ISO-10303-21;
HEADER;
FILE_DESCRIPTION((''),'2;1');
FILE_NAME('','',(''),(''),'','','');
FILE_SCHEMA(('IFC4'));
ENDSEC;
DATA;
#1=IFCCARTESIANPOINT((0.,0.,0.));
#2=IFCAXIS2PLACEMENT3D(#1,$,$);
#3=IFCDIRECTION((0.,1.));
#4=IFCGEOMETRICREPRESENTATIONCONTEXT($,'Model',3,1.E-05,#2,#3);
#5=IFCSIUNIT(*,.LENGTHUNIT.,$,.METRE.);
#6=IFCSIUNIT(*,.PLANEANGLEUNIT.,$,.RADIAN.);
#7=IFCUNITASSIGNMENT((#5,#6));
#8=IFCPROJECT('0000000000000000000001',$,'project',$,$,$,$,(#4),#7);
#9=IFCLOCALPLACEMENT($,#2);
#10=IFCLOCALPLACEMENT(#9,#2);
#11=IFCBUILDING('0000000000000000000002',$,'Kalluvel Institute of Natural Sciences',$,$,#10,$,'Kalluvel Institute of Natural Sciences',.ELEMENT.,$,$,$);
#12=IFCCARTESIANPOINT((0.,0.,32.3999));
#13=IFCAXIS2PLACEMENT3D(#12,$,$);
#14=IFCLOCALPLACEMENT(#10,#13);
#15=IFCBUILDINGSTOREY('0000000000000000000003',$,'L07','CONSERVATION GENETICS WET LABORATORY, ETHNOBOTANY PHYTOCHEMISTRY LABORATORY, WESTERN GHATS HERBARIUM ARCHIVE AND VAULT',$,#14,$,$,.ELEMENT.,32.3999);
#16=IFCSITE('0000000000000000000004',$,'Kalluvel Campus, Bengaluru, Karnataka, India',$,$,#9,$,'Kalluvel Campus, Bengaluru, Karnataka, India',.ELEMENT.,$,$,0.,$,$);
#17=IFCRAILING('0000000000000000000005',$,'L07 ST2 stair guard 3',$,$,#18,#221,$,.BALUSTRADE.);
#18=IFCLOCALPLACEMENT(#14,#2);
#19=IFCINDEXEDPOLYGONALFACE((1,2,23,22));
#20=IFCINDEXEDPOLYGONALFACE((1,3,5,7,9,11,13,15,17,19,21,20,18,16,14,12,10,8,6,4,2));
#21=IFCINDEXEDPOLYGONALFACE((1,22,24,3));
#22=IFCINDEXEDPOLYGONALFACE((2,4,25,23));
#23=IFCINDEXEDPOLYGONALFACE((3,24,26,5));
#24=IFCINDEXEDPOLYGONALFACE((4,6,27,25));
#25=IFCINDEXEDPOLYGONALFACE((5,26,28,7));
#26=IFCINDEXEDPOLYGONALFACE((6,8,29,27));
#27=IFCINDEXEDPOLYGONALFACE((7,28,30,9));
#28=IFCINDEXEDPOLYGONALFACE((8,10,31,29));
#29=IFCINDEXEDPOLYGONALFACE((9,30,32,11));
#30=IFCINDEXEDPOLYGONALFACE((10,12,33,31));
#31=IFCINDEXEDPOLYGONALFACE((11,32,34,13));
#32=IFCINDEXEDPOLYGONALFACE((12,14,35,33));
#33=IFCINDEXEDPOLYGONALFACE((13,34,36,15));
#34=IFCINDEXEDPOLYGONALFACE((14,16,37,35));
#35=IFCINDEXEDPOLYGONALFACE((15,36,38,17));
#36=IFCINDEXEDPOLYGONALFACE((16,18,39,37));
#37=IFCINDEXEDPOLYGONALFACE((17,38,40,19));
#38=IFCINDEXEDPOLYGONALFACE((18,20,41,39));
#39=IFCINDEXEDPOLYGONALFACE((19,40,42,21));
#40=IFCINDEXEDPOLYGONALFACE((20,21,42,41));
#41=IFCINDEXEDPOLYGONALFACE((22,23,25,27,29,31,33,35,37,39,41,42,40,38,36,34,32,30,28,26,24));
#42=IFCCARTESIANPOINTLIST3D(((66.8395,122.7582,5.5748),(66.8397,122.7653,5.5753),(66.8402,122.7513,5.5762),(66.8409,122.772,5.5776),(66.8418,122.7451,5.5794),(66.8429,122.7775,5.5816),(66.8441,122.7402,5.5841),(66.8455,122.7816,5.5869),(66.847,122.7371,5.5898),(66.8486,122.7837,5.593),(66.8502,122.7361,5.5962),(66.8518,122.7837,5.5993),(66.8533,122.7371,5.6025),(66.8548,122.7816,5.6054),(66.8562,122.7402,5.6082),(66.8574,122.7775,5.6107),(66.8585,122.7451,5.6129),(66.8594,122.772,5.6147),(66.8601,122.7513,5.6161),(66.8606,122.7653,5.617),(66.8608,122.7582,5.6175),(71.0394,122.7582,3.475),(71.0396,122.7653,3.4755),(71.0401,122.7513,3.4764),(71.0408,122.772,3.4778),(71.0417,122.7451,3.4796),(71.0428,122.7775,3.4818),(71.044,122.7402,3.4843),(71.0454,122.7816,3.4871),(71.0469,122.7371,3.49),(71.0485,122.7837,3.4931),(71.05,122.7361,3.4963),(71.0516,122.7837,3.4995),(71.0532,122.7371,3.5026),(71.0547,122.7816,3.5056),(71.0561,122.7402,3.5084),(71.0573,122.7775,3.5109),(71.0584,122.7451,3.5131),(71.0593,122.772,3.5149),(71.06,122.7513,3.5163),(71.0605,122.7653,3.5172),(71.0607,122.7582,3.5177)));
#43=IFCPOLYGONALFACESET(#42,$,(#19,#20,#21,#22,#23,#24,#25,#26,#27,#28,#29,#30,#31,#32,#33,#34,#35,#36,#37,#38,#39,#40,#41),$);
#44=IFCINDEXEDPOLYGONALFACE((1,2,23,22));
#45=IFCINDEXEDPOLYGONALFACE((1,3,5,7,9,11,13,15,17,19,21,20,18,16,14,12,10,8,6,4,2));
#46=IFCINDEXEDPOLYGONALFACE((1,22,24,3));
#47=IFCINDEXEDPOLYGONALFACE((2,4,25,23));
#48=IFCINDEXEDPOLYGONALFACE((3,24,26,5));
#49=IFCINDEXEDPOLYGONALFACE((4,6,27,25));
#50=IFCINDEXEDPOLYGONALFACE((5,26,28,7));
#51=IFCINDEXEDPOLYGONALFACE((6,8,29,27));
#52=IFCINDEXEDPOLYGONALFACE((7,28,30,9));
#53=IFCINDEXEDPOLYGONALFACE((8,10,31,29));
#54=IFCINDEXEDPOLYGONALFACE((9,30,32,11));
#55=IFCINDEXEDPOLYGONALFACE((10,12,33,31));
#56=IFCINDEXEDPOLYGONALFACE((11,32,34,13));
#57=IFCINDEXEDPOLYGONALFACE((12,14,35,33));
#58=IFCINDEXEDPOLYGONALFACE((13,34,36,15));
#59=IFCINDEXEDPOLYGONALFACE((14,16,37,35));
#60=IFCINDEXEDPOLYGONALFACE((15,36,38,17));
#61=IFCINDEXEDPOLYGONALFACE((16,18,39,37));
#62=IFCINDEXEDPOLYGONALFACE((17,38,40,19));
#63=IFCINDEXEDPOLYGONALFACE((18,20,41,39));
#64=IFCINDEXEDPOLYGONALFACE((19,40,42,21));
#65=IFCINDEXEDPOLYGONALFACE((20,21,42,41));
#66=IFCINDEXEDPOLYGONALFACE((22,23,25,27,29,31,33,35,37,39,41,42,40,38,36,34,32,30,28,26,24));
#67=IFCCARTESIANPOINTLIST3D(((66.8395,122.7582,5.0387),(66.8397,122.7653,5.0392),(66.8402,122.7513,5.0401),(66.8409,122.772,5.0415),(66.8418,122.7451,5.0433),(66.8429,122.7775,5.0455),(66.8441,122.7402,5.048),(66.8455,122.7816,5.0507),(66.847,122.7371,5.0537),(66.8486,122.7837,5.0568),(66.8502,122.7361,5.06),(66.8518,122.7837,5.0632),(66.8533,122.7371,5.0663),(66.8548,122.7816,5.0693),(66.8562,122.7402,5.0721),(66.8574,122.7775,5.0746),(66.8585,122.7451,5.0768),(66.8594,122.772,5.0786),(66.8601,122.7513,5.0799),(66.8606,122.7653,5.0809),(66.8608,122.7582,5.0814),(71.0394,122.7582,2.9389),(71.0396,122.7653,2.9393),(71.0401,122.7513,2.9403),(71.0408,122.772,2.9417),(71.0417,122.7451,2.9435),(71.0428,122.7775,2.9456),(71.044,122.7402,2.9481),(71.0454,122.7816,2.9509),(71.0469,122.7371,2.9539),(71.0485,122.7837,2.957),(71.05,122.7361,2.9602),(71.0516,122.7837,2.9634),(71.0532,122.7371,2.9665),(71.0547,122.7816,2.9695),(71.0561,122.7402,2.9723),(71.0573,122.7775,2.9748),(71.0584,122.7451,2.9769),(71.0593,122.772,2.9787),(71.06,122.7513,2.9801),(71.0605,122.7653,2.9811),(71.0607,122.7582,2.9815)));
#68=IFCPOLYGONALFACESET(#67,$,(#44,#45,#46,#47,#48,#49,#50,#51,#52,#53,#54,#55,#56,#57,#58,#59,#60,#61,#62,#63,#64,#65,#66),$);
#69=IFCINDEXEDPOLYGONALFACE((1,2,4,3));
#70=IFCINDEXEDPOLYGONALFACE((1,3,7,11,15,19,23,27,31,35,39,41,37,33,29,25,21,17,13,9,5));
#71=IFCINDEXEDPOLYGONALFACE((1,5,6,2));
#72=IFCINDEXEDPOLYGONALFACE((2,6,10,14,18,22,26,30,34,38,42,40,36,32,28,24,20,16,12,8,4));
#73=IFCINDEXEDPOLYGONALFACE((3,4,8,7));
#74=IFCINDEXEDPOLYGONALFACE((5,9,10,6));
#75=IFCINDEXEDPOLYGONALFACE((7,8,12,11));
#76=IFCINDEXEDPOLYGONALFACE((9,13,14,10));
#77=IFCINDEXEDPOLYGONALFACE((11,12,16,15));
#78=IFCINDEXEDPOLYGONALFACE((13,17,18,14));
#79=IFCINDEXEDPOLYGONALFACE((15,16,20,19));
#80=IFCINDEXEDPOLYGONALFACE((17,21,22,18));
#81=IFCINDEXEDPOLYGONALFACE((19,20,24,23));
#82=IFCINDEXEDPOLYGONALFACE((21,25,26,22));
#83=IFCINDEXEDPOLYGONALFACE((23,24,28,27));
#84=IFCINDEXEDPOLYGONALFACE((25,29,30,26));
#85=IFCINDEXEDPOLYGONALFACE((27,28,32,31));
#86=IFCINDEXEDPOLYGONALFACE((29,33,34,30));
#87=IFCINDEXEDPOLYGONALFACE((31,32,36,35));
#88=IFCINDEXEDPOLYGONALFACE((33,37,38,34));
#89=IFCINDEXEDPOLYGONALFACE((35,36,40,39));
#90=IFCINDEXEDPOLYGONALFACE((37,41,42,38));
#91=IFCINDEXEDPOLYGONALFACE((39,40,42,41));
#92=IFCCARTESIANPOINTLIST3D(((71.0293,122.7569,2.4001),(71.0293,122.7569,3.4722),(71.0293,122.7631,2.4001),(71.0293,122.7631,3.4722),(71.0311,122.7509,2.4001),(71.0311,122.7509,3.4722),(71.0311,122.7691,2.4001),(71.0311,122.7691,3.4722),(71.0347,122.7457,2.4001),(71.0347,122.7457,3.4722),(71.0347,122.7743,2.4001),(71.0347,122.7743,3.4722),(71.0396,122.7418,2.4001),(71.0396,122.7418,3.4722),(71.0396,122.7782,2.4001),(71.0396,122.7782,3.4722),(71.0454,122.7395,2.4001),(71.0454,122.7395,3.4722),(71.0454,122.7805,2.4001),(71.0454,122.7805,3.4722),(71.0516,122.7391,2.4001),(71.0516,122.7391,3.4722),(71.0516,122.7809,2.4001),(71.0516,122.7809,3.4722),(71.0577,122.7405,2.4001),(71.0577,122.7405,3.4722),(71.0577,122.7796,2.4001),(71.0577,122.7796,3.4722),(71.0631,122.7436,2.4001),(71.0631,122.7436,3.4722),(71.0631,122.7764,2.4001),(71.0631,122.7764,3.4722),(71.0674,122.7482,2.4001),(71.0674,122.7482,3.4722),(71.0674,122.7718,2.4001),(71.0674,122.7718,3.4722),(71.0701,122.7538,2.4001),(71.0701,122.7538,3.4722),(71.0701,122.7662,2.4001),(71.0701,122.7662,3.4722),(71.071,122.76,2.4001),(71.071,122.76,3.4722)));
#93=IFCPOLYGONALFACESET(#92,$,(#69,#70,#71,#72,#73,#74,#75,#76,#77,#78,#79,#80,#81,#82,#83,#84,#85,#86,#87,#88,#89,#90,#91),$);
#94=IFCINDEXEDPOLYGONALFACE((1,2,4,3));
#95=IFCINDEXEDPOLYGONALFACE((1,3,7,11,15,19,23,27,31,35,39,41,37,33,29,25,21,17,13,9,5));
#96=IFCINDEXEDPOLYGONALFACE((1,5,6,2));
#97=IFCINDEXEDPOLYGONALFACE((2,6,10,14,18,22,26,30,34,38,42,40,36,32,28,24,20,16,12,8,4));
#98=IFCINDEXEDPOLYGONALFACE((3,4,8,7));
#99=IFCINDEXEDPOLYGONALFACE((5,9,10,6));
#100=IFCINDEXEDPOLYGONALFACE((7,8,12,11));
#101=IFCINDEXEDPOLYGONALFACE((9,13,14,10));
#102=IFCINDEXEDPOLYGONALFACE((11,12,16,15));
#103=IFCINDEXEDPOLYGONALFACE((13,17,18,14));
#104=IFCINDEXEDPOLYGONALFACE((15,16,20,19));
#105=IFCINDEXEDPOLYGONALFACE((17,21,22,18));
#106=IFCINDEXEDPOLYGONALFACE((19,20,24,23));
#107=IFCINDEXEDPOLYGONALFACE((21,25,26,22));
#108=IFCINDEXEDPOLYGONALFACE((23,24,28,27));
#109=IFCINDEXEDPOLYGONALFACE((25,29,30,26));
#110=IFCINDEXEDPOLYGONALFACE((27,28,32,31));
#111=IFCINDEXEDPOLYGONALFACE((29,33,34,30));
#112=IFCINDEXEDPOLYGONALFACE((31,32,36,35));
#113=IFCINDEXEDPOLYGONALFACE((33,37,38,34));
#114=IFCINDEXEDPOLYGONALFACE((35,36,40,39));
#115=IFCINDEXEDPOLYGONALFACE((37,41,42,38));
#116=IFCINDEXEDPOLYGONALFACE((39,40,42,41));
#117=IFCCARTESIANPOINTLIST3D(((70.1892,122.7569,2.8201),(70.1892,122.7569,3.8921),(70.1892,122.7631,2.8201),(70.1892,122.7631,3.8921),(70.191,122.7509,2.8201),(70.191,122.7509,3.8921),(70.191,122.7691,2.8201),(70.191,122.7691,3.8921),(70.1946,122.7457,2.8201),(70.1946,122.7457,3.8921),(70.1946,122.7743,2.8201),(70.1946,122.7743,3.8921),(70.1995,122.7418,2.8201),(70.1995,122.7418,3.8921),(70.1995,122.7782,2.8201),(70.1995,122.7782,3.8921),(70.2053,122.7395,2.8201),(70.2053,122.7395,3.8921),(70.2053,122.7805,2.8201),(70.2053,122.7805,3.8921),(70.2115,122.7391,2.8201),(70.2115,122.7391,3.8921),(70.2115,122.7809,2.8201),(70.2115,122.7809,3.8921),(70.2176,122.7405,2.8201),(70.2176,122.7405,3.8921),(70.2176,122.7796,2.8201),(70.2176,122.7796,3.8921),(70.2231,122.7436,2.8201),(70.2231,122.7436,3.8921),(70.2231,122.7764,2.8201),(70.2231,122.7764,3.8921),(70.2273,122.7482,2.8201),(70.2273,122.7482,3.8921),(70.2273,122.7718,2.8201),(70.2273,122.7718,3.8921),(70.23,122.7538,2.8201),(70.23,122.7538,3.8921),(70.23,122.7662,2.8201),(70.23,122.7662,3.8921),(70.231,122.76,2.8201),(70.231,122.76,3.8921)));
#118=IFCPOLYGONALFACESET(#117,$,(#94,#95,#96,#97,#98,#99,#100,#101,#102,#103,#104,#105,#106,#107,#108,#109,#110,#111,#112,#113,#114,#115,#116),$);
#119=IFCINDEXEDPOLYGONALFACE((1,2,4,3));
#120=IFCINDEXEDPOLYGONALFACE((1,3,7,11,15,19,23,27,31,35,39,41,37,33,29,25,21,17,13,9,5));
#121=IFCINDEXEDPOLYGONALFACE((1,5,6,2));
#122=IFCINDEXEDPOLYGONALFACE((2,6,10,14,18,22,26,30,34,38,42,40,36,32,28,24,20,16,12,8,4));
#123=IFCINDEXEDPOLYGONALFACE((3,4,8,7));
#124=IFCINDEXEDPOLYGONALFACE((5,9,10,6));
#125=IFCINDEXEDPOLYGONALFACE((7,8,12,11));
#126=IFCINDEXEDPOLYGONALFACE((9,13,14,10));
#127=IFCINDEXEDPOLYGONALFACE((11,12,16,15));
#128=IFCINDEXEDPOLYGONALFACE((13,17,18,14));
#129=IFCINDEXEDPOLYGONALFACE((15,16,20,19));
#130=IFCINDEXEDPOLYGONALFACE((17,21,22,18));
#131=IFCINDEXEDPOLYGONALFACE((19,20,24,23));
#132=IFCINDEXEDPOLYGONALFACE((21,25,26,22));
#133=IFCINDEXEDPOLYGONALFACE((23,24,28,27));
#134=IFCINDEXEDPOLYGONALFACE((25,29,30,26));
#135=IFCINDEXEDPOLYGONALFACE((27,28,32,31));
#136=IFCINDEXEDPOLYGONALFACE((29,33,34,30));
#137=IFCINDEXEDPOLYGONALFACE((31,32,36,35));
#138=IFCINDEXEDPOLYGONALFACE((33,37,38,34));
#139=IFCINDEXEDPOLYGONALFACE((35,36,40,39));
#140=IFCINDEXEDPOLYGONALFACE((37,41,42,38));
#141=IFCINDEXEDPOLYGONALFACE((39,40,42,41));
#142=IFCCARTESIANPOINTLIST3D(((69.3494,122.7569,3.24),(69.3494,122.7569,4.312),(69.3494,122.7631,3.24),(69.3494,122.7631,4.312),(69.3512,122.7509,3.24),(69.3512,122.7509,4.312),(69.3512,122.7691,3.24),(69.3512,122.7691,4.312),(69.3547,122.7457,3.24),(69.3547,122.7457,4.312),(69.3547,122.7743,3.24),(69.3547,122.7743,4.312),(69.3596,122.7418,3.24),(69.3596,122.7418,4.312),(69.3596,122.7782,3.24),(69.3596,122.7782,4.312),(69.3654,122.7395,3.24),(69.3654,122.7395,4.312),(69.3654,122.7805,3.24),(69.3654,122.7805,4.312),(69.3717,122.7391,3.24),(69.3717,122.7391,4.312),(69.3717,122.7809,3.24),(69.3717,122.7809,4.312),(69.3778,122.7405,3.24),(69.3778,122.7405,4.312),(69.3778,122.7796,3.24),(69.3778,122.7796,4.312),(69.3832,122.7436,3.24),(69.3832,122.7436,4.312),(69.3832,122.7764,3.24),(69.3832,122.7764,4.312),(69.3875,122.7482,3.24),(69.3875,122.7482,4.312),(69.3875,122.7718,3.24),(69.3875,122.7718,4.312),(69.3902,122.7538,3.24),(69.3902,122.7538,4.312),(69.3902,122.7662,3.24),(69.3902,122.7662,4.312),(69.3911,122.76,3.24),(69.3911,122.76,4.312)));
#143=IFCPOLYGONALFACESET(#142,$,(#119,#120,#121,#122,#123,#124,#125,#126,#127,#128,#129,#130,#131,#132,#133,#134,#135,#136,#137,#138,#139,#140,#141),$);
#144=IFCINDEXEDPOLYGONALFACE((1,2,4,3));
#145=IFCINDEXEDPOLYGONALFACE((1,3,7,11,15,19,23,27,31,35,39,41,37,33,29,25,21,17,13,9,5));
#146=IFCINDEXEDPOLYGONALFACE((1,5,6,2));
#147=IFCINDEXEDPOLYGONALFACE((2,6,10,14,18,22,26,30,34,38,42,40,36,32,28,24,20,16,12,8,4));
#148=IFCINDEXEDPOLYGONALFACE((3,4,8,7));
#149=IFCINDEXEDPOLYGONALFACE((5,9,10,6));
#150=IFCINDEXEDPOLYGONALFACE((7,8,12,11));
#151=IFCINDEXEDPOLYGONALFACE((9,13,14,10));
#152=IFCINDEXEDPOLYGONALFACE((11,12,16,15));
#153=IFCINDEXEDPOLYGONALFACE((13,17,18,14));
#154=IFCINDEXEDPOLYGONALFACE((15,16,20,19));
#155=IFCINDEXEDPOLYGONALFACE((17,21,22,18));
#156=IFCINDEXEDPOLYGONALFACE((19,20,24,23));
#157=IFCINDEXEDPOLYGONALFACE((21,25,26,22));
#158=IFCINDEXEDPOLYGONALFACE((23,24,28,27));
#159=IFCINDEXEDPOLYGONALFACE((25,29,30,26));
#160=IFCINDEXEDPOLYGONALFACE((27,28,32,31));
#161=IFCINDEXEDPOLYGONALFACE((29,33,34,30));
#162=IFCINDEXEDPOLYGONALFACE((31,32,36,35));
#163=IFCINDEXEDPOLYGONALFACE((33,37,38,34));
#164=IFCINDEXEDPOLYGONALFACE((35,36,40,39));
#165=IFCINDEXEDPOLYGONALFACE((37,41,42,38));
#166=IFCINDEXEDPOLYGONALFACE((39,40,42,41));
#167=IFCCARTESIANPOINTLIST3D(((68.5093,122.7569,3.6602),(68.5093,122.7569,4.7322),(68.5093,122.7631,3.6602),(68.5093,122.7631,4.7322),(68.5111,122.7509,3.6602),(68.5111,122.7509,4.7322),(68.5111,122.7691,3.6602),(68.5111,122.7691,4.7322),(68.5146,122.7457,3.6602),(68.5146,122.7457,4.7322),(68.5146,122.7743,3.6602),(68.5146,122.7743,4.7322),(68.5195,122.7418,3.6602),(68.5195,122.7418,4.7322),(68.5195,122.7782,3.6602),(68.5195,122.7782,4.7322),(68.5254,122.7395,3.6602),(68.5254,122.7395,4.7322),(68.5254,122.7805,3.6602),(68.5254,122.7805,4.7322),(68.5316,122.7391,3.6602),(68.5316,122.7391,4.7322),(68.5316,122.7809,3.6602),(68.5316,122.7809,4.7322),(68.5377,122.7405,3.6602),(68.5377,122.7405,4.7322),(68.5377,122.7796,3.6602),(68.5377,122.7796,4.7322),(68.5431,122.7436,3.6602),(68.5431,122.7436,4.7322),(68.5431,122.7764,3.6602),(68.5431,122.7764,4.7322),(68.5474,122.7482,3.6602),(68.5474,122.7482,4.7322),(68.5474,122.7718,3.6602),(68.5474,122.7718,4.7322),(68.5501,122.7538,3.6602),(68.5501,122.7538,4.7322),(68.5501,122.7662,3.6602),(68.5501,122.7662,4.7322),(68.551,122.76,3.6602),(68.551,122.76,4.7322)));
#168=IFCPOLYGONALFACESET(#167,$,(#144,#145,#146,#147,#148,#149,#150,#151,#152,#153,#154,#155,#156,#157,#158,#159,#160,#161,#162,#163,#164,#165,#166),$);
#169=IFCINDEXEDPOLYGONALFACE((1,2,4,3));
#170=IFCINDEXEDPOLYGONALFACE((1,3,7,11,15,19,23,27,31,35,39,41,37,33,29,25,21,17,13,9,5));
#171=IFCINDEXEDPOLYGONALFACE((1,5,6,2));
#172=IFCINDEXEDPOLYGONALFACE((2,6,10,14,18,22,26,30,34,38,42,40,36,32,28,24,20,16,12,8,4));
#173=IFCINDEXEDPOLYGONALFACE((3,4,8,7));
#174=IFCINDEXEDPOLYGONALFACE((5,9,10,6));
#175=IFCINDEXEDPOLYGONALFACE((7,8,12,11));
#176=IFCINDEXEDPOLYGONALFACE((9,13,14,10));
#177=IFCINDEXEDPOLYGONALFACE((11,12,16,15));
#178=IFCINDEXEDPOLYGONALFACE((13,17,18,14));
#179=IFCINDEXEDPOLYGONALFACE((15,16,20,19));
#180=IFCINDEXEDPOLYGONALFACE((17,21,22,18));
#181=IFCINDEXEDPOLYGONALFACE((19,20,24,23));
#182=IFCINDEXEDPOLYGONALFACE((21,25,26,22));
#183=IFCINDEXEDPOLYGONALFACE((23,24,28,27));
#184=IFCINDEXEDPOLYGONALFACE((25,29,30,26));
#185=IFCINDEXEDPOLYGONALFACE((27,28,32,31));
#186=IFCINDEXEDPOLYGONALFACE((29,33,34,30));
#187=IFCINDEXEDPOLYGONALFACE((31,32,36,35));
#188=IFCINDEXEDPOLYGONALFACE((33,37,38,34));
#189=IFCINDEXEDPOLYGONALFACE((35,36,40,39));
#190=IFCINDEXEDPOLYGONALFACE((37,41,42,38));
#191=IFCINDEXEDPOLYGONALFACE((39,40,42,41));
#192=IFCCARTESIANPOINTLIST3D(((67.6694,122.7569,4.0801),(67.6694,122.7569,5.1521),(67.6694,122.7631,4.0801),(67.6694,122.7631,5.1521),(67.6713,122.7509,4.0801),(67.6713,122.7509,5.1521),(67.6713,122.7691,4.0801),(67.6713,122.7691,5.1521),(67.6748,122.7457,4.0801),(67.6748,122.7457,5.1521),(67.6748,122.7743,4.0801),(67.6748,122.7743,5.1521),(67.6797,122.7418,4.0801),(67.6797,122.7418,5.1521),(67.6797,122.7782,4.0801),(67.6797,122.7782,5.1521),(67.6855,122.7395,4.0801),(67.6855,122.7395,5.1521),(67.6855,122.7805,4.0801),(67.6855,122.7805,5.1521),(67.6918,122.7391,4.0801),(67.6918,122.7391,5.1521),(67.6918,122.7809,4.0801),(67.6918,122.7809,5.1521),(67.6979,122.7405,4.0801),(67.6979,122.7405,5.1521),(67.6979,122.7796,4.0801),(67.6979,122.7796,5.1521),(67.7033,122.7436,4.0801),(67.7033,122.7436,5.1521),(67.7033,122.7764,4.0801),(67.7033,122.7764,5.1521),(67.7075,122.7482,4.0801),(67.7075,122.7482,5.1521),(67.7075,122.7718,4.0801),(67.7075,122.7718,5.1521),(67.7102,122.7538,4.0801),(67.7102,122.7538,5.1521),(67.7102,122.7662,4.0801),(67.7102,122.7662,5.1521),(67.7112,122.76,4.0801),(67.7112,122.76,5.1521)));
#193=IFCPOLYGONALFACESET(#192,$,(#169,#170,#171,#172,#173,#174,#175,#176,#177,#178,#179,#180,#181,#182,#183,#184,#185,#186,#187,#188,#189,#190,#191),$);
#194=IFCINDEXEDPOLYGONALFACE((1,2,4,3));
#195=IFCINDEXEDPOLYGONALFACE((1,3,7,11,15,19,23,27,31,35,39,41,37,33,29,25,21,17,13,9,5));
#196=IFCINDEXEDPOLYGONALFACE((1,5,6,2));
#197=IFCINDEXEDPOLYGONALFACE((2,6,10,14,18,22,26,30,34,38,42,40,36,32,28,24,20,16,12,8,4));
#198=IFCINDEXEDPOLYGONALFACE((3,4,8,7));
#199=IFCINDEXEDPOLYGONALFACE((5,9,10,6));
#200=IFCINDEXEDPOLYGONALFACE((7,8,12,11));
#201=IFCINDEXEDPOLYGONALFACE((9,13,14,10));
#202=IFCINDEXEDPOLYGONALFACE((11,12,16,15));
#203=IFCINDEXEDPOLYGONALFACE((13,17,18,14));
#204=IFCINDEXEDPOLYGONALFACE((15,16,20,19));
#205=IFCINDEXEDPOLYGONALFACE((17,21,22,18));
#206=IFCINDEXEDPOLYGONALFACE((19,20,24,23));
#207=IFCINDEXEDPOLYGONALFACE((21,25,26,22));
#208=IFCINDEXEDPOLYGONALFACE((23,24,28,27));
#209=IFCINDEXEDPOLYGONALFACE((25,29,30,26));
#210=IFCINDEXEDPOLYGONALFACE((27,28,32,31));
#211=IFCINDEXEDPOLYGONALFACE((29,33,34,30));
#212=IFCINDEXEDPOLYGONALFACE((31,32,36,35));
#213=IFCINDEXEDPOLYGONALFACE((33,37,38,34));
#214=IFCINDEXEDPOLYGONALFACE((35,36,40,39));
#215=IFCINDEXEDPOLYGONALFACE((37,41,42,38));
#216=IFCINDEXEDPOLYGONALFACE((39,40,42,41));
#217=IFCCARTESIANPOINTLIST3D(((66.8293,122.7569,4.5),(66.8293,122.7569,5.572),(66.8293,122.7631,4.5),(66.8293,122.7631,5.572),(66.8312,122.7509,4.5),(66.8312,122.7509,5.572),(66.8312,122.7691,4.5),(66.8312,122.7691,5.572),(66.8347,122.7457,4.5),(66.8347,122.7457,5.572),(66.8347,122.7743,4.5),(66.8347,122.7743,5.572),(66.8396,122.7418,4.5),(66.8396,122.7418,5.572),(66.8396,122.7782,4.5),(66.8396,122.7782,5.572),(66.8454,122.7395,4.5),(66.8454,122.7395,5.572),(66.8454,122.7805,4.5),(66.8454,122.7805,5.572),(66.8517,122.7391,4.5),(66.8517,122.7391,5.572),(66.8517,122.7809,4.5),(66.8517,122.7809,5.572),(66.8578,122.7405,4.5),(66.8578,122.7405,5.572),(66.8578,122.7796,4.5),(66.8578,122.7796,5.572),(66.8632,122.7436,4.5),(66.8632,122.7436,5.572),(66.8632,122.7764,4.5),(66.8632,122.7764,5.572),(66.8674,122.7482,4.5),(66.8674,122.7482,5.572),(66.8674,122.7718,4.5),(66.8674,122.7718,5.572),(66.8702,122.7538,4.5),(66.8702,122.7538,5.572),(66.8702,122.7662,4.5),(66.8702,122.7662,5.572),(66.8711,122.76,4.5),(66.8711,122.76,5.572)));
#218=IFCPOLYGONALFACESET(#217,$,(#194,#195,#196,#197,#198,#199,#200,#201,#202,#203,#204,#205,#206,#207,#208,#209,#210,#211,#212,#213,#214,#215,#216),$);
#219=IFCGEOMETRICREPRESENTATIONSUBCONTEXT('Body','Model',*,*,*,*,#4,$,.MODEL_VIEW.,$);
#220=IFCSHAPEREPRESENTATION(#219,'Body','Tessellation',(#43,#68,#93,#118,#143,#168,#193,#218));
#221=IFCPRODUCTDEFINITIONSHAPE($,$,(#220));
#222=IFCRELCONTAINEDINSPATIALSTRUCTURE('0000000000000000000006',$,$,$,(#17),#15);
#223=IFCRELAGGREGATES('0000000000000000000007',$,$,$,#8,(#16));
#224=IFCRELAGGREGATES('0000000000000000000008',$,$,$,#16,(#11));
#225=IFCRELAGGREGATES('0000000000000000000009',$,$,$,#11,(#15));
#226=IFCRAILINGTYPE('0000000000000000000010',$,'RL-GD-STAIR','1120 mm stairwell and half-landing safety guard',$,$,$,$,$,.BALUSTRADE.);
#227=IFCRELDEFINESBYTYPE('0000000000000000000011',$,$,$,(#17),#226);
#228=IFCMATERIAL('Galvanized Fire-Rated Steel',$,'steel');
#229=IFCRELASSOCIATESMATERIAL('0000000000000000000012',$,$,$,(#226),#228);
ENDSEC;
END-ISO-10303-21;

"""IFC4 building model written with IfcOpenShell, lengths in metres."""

from ifc_helpers import new_model, si_unit, direction, frame, origin, origin_2d, place, context, subcontext, project, spatial, circle, extrude, material, type_object, element, save


model = new_model("IFC4")

# Units and contexts
model_context = context("Model", 3, precision=1e-05, world=origin(), true_north=direction((0.0, 1.0)))
body_context = subcontext(model_context, "Body", "Model", "MODEL_VIEW")
ifc_project = project(units=[si_unit("LENGTHUNIT", "METRE"), si_unit("PLANEANGLEUNIT", "RADIAN")], contexts=[model_context])

# Site, building, storey
site_placement = place(None, origin())
site = spatial("IfcSite", under=ifc_project, at=site_placement, Name="Kalluvel Campus, Bengaluru, Karnataka, India", LongName="Kalluvel Campus, Bengaluru, Karnataka, India", CompositionType="ELEMENT", RefElevation=0.0)
building_placement = place(site_placement, origin())
building = spatial("IfcBuilding", under=site, at=building_placement, Name="Kalluvel Institute of Natural Sciences", LongName="Kalluvel Institute of Natural Sciences", CompositionType="ELEMENT")
storey_placement = place(building_placement, frame((0.0, 0.0, 32.3999)))
storey = spatial("IfcBuildingStorey", under=building, at=storey_placement, Name="L07", Description="CONSERVATION GENETICS WET LABORATORY, ETHNOBOTANY PHYTOCHEMISTRY LABORATORY, WESTERN GHATS HERBARIUM ARCHIVE AND VAULT", CompositionType="ELEMENT", Elevation=32.3999)

# Shared definitions
ifc_material_1 = material(Name="Galvanized Fire-Rated Steel", Category="steel")

# Railing
railing_type_1 = type_object("IfcRailingType", Name="RL-GD-STAIR", Description="1120 mm stairwell and half-landing safety guard", PredefinedType="BALUSTRADE", material=ifc_material_1)
railing_1_placement = place(storey_placement, frame((71.05, 122.76, 2.4001)))
element("IfcRailing", 1, at=railing_1_placement, inside=storey, type_object=railing_type_1, Name="L07 ST2 stair guard 3", PredefinedType="BALUSTRADE", context=body_context, shape_type="SweptSolid", body=[
    extrude(circle(Radius=0.0239, at=origin_2d()), frame((0.0, 0.0, 1.0962), z_axis=(-0.894438, 0.0, 0.447193), x_axis=(0.0, -1.0, 0.0)), (0.0, 0.0, 1.0), 4.6956),
    extrude(circle(Radius=0.0239, at=origin_2d()), frame((0.0, 0.0, 0.5601), z_axis=(-0.894438, 0.0, 0.447193), x_axis=(0.0, -1.0, 0.0)), (0.0, 0.0, 1.0), 4.6956),
    extrude(circle(Radius=0.021, at=origin_2d()), origin(), (0.0, 0.0, 1.0), 1.072),
    extrude(circle(Radius=0.021, at=origin_2d()), frame((-0.8401, 0.0, 0.4199)), (0.0, 0.0, 1.0), 1.072),
    extrude(circle(Radius=0.021, at=origin_2d()), frame((-1.6799, 0.0, 0.8398)), (0.0, 0.0, 1.0), 1.072),
    extrude(circle(Radius=0.021, at=origin_2d()), frame((-2.52, 0.0, 1.26)), (0.0, 0.0, 1.0), 1.072),
    extrude(circle(Radius=0.021, at=origin_2d()), frame((-3.3599, 0.0, 1.6799)), (0.0, 0.0, 1.0), 1.072),
    extrude(circle(Radius=0.021, at=origin_2d()), frame((-4.2, 0.0, 2.0999)), (0.0, 0.0, 1.0), 1.072),
])

save(model, "model.ifc")
